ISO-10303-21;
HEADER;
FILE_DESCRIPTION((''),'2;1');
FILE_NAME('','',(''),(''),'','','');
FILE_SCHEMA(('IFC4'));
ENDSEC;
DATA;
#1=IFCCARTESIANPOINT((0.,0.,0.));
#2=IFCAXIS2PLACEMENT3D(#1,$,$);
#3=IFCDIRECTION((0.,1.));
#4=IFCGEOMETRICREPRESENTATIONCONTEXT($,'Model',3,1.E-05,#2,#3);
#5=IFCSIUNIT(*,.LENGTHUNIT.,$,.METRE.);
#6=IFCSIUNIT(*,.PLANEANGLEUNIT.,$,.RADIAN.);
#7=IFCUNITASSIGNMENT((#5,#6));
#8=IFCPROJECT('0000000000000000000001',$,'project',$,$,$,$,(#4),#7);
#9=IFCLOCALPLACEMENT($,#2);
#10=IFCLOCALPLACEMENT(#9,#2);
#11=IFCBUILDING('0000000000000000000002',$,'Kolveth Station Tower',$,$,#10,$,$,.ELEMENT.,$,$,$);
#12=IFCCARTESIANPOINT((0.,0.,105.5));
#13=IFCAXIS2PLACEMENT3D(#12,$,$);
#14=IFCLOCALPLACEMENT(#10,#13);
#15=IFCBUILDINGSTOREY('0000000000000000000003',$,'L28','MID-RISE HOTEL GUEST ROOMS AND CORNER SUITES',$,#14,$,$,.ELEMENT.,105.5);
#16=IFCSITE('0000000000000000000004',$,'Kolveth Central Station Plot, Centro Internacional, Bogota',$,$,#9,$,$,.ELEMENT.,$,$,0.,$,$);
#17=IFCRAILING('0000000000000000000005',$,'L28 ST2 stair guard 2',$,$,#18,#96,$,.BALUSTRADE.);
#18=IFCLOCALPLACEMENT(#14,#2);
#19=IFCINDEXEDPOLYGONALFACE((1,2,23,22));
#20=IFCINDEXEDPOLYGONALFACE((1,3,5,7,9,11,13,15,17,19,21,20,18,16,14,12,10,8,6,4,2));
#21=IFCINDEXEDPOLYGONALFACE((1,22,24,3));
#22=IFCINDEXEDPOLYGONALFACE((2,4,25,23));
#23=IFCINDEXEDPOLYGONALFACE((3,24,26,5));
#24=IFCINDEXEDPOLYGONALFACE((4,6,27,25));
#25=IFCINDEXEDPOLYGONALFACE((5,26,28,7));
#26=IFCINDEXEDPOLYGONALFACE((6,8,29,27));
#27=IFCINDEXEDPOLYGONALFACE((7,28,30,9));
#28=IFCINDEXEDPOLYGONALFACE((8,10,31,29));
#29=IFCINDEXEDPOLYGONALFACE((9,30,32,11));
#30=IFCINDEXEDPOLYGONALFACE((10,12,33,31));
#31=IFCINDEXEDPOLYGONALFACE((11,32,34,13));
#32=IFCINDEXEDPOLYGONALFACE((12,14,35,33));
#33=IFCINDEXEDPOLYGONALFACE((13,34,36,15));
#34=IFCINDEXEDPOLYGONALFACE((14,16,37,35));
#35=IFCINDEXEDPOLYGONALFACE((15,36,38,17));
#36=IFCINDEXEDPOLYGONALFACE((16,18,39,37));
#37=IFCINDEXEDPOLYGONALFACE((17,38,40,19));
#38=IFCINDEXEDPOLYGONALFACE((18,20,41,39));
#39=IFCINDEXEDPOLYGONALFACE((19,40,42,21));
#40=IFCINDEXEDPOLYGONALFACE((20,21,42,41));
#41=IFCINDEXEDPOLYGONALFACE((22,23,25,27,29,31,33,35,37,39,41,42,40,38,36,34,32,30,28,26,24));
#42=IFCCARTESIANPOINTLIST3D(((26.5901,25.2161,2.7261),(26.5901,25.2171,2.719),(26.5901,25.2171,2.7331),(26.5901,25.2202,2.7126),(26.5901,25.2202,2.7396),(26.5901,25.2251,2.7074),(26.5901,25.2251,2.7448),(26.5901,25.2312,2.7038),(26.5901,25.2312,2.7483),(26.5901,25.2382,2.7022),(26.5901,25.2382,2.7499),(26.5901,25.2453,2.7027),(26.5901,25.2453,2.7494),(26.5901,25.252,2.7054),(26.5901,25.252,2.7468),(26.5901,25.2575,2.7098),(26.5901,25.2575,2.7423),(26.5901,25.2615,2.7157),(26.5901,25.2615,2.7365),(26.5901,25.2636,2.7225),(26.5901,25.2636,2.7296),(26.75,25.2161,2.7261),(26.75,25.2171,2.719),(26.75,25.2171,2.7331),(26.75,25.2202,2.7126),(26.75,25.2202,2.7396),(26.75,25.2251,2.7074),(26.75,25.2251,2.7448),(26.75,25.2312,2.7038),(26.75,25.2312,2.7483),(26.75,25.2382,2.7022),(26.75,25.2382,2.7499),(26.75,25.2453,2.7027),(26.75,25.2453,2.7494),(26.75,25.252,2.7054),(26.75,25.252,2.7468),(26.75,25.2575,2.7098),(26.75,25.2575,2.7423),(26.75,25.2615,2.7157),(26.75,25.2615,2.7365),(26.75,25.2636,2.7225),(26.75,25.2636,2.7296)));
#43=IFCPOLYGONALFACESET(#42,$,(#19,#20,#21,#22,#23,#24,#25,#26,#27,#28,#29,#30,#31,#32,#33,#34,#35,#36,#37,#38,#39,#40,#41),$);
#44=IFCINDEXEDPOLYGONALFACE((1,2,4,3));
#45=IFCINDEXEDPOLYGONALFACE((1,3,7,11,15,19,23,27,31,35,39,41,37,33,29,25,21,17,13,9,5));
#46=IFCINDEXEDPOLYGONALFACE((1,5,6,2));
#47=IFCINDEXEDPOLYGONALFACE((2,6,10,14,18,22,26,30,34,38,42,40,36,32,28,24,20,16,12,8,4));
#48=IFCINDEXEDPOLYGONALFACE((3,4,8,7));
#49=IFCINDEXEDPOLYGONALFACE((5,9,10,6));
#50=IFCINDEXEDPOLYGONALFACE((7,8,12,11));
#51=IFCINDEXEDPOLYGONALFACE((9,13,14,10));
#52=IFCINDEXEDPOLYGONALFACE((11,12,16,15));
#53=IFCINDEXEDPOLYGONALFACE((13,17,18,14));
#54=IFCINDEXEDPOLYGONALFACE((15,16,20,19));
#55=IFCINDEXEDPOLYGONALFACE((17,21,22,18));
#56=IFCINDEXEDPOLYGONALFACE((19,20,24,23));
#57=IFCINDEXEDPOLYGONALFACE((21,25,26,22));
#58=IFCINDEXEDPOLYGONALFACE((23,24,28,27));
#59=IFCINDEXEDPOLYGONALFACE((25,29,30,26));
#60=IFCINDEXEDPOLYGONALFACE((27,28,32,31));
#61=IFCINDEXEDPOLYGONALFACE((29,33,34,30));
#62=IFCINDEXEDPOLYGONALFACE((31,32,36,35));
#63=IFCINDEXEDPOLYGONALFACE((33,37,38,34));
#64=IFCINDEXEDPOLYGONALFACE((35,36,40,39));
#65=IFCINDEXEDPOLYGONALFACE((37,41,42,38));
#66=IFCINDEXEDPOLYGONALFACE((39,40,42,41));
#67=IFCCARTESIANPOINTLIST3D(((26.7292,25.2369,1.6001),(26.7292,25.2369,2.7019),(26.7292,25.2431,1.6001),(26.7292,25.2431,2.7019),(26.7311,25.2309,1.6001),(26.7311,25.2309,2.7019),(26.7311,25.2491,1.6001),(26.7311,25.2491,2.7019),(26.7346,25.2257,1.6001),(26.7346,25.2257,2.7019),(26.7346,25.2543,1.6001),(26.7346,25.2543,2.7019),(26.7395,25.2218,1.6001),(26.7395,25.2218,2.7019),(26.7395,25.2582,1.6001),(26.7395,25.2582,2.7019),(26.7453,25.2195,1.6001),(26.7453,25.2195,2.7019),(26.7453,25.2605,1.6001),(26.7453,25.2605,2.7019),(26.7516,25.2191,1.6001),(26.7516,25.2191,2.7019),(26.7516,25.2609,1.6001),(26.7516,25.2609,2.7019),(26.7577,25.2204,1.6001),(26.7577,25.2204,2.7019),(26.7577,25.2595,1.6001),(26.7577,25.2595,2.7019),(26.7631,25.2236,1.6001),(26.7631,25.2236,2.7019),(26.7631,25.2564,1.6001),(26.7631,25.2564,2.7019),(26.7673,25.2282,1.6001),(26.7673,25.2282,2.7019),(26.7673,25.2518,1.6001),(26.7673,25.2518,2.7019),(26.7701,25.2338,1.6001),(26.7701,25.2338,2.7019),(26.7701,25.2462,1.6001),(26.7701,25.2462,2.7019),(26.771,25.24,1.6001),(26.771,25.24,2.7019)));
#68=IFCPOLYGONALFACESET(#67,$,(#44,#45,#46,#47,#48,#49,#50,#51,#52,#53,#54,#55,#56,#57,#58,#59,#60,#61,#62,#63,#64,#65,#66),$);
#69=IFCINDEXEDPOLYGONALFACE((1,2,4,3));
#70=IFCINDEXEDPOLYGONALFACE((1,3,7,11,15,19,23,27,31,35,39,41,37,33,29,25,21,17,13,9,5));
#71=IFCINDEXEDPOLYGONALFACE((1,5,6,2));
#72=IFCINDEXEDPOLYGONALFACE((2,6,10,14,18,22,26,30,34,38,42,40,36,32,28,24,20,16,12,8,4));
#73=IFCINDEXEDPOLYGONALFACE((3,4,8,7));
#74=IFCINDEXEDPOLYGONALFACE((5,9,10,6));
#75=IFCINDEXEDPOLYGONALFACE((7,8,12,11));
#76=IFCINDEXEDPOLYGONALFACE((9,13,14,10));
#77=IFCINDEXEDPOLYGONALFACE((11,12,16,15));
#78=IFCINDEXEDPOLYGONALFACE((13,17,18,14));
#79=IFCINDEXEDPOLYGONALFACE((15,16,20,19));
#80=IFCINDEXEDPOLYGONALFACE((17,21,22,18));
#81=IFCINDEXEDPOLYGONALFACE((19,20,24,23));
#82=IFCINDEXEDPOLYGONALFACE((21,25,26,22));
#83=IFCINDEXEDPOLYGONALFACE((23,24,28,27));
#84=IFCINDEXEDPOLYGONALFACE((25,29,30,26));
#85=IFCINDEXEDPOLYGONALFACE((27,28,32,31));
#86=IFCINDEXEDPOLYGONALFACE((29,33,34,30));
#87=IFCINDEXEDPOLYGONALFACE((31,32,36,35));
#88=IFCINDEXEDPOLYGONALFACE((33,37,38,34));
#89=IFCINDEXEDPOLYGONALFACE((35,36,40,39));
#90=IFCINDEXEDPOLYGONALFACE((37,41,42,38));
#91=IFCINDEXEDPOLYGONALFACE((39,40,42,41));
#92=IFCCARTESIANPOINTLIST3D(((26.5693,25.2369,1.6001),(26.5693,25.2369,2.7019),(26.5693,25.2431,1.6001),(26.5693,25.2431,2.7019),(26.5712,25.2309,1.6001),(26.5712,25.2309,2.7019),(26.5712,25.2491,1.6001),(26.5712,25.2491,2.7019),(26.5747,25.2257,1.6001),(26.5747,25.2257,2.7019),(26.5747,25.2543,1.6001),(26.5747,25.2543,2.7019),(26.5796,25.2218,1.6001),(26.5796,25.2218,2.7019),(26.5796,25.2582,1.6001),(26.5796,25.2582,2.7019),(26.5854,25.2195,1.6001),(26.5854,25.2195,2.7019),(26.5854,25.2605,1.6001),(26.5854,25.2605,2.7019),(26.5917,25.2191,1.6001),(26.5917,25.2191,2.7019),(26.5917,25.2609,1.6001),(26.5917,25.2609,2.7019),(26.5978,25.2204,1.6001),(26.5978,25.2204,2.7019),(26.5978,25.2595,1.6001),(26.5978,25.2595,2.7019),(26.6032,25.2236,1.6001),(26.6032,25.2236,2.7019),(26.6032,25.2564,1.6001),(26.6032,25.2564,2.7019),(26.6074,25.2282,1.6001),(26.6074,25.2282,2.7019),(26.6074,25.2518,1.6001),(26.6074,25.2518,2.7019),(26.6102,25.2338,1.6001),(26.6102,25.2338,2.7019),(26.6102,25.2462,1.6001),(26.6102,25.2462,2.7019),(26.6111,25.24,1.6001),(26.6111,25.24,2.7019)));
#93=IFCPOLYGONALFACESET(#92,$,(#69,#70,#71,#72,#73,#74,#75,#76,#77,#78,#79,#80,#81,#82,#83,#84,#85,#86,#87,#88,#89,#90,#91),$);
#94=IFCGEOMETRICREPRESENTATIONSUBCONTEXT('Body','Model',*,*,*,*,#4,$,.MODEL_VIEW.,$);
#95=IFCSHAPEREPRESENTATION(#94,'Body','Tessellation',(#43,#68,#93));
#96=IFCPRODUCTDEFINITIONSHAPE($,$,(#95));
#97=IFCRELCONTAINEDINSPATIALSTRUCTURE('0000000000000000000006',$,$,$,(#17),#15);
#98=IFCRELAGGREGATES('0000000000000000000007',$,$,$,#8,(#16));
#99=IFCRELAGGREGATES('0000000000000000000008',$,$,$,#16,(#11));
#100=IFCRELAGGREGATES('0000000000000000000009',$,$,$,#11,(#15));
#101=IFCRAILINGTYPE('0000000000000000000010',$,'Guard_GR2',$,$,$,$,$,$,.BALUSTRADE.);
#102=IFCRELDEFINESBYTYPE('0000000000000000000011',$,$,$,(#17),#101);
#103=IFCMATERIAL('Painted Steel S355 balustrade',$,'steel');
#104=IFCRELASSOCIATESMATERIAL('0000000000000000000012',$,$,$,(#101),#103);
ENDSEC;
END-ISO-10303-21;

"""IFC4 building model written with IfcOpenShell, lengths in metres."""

from ifc_helpers import new_model, si_unit, direction, frame, origin, origin_2d, place, context, subcontext, project, spatial, circle, extrude, material, type_object, element, save


model = new_model("IFC4")

# Units and contexts
model_context = context("Model", 3, precision=1e-05, world=origin(), true_north=direction((0.0, 1.0)))
body_context = subcontext(model_context, "Body", "Model", "MODEL_VIEW")
ifc_project = project(units=[si_unit("LENGTHUNIT", "METRE"), si_unit("PLANEANGLEUNIT", "RADIAN")], contexts=[model_context])

# Site, building, storey
site_placement = place(None, origin())
site = spatial("IfcSite", under=ifc_project, at=site_placement, Name="Kolveth Central Station Plot, Centro Internacional, Bogota", CompositionType="ELEMENT", RefElevation=0.0)
building_placement = place(site_placement, origin())
building = spatial("IfcBuilding", under=site, at=building_placement, Name="Kolveth Station Tower", CompositionType="ELEMENT")
storey_placement = place(building_placement, frame((0.0, 0.0, 105.5)))
storey = spatial("IfcBuildingStorey", under=building, at=storey_placement, Name="L28", Description="MID-RISE HOTEL GUEST ROOMS AND CORNER SUITES", CompositionType="ELEMENT", Elevation=105.5)

# Railing
ifc_material_1 = material(Name="Painted Steel S355 balustrade", Category="steel")
railing_type_1 = type_object("IfcRailingType", Name="Guard_GR2", PredefinedType="BALUSTRADE", material=ifc_material_1)
railing_1_placement = place(storey_placement, frame((26.75, 25.24, 1.6001)))
element("IfcRailing", 1, at=railing_1_placement, inside=storey, type_object=railing_type_1, Name="L28 ST2 stair guard 2", PredefinedType="BALUSTRADE", context=body_context, shape_type="SweptSolid", body=[
    extrude(circle(Radius=0.0239, at=origin_2d()), frame((0.0, 0.0, 1.126), z_axis=(-1.0, 0.0, 0.0), x_axis=(0.0, -1.0, 0.0)), (0.0, 0.0, 1.0), 0.1599),
    extrude(circle(Radius=0.021, at=origin_2d()), origin(), (0.0, 0.0, 1.0), 1.1018),
    extrude(circle(Radius=0.021, at=origin_2d()), frame((-0.1599, 0.0, 0.0)), (0.0, 0.0, 1.0), 1.1018),
])

save(model, "model.ifc")
